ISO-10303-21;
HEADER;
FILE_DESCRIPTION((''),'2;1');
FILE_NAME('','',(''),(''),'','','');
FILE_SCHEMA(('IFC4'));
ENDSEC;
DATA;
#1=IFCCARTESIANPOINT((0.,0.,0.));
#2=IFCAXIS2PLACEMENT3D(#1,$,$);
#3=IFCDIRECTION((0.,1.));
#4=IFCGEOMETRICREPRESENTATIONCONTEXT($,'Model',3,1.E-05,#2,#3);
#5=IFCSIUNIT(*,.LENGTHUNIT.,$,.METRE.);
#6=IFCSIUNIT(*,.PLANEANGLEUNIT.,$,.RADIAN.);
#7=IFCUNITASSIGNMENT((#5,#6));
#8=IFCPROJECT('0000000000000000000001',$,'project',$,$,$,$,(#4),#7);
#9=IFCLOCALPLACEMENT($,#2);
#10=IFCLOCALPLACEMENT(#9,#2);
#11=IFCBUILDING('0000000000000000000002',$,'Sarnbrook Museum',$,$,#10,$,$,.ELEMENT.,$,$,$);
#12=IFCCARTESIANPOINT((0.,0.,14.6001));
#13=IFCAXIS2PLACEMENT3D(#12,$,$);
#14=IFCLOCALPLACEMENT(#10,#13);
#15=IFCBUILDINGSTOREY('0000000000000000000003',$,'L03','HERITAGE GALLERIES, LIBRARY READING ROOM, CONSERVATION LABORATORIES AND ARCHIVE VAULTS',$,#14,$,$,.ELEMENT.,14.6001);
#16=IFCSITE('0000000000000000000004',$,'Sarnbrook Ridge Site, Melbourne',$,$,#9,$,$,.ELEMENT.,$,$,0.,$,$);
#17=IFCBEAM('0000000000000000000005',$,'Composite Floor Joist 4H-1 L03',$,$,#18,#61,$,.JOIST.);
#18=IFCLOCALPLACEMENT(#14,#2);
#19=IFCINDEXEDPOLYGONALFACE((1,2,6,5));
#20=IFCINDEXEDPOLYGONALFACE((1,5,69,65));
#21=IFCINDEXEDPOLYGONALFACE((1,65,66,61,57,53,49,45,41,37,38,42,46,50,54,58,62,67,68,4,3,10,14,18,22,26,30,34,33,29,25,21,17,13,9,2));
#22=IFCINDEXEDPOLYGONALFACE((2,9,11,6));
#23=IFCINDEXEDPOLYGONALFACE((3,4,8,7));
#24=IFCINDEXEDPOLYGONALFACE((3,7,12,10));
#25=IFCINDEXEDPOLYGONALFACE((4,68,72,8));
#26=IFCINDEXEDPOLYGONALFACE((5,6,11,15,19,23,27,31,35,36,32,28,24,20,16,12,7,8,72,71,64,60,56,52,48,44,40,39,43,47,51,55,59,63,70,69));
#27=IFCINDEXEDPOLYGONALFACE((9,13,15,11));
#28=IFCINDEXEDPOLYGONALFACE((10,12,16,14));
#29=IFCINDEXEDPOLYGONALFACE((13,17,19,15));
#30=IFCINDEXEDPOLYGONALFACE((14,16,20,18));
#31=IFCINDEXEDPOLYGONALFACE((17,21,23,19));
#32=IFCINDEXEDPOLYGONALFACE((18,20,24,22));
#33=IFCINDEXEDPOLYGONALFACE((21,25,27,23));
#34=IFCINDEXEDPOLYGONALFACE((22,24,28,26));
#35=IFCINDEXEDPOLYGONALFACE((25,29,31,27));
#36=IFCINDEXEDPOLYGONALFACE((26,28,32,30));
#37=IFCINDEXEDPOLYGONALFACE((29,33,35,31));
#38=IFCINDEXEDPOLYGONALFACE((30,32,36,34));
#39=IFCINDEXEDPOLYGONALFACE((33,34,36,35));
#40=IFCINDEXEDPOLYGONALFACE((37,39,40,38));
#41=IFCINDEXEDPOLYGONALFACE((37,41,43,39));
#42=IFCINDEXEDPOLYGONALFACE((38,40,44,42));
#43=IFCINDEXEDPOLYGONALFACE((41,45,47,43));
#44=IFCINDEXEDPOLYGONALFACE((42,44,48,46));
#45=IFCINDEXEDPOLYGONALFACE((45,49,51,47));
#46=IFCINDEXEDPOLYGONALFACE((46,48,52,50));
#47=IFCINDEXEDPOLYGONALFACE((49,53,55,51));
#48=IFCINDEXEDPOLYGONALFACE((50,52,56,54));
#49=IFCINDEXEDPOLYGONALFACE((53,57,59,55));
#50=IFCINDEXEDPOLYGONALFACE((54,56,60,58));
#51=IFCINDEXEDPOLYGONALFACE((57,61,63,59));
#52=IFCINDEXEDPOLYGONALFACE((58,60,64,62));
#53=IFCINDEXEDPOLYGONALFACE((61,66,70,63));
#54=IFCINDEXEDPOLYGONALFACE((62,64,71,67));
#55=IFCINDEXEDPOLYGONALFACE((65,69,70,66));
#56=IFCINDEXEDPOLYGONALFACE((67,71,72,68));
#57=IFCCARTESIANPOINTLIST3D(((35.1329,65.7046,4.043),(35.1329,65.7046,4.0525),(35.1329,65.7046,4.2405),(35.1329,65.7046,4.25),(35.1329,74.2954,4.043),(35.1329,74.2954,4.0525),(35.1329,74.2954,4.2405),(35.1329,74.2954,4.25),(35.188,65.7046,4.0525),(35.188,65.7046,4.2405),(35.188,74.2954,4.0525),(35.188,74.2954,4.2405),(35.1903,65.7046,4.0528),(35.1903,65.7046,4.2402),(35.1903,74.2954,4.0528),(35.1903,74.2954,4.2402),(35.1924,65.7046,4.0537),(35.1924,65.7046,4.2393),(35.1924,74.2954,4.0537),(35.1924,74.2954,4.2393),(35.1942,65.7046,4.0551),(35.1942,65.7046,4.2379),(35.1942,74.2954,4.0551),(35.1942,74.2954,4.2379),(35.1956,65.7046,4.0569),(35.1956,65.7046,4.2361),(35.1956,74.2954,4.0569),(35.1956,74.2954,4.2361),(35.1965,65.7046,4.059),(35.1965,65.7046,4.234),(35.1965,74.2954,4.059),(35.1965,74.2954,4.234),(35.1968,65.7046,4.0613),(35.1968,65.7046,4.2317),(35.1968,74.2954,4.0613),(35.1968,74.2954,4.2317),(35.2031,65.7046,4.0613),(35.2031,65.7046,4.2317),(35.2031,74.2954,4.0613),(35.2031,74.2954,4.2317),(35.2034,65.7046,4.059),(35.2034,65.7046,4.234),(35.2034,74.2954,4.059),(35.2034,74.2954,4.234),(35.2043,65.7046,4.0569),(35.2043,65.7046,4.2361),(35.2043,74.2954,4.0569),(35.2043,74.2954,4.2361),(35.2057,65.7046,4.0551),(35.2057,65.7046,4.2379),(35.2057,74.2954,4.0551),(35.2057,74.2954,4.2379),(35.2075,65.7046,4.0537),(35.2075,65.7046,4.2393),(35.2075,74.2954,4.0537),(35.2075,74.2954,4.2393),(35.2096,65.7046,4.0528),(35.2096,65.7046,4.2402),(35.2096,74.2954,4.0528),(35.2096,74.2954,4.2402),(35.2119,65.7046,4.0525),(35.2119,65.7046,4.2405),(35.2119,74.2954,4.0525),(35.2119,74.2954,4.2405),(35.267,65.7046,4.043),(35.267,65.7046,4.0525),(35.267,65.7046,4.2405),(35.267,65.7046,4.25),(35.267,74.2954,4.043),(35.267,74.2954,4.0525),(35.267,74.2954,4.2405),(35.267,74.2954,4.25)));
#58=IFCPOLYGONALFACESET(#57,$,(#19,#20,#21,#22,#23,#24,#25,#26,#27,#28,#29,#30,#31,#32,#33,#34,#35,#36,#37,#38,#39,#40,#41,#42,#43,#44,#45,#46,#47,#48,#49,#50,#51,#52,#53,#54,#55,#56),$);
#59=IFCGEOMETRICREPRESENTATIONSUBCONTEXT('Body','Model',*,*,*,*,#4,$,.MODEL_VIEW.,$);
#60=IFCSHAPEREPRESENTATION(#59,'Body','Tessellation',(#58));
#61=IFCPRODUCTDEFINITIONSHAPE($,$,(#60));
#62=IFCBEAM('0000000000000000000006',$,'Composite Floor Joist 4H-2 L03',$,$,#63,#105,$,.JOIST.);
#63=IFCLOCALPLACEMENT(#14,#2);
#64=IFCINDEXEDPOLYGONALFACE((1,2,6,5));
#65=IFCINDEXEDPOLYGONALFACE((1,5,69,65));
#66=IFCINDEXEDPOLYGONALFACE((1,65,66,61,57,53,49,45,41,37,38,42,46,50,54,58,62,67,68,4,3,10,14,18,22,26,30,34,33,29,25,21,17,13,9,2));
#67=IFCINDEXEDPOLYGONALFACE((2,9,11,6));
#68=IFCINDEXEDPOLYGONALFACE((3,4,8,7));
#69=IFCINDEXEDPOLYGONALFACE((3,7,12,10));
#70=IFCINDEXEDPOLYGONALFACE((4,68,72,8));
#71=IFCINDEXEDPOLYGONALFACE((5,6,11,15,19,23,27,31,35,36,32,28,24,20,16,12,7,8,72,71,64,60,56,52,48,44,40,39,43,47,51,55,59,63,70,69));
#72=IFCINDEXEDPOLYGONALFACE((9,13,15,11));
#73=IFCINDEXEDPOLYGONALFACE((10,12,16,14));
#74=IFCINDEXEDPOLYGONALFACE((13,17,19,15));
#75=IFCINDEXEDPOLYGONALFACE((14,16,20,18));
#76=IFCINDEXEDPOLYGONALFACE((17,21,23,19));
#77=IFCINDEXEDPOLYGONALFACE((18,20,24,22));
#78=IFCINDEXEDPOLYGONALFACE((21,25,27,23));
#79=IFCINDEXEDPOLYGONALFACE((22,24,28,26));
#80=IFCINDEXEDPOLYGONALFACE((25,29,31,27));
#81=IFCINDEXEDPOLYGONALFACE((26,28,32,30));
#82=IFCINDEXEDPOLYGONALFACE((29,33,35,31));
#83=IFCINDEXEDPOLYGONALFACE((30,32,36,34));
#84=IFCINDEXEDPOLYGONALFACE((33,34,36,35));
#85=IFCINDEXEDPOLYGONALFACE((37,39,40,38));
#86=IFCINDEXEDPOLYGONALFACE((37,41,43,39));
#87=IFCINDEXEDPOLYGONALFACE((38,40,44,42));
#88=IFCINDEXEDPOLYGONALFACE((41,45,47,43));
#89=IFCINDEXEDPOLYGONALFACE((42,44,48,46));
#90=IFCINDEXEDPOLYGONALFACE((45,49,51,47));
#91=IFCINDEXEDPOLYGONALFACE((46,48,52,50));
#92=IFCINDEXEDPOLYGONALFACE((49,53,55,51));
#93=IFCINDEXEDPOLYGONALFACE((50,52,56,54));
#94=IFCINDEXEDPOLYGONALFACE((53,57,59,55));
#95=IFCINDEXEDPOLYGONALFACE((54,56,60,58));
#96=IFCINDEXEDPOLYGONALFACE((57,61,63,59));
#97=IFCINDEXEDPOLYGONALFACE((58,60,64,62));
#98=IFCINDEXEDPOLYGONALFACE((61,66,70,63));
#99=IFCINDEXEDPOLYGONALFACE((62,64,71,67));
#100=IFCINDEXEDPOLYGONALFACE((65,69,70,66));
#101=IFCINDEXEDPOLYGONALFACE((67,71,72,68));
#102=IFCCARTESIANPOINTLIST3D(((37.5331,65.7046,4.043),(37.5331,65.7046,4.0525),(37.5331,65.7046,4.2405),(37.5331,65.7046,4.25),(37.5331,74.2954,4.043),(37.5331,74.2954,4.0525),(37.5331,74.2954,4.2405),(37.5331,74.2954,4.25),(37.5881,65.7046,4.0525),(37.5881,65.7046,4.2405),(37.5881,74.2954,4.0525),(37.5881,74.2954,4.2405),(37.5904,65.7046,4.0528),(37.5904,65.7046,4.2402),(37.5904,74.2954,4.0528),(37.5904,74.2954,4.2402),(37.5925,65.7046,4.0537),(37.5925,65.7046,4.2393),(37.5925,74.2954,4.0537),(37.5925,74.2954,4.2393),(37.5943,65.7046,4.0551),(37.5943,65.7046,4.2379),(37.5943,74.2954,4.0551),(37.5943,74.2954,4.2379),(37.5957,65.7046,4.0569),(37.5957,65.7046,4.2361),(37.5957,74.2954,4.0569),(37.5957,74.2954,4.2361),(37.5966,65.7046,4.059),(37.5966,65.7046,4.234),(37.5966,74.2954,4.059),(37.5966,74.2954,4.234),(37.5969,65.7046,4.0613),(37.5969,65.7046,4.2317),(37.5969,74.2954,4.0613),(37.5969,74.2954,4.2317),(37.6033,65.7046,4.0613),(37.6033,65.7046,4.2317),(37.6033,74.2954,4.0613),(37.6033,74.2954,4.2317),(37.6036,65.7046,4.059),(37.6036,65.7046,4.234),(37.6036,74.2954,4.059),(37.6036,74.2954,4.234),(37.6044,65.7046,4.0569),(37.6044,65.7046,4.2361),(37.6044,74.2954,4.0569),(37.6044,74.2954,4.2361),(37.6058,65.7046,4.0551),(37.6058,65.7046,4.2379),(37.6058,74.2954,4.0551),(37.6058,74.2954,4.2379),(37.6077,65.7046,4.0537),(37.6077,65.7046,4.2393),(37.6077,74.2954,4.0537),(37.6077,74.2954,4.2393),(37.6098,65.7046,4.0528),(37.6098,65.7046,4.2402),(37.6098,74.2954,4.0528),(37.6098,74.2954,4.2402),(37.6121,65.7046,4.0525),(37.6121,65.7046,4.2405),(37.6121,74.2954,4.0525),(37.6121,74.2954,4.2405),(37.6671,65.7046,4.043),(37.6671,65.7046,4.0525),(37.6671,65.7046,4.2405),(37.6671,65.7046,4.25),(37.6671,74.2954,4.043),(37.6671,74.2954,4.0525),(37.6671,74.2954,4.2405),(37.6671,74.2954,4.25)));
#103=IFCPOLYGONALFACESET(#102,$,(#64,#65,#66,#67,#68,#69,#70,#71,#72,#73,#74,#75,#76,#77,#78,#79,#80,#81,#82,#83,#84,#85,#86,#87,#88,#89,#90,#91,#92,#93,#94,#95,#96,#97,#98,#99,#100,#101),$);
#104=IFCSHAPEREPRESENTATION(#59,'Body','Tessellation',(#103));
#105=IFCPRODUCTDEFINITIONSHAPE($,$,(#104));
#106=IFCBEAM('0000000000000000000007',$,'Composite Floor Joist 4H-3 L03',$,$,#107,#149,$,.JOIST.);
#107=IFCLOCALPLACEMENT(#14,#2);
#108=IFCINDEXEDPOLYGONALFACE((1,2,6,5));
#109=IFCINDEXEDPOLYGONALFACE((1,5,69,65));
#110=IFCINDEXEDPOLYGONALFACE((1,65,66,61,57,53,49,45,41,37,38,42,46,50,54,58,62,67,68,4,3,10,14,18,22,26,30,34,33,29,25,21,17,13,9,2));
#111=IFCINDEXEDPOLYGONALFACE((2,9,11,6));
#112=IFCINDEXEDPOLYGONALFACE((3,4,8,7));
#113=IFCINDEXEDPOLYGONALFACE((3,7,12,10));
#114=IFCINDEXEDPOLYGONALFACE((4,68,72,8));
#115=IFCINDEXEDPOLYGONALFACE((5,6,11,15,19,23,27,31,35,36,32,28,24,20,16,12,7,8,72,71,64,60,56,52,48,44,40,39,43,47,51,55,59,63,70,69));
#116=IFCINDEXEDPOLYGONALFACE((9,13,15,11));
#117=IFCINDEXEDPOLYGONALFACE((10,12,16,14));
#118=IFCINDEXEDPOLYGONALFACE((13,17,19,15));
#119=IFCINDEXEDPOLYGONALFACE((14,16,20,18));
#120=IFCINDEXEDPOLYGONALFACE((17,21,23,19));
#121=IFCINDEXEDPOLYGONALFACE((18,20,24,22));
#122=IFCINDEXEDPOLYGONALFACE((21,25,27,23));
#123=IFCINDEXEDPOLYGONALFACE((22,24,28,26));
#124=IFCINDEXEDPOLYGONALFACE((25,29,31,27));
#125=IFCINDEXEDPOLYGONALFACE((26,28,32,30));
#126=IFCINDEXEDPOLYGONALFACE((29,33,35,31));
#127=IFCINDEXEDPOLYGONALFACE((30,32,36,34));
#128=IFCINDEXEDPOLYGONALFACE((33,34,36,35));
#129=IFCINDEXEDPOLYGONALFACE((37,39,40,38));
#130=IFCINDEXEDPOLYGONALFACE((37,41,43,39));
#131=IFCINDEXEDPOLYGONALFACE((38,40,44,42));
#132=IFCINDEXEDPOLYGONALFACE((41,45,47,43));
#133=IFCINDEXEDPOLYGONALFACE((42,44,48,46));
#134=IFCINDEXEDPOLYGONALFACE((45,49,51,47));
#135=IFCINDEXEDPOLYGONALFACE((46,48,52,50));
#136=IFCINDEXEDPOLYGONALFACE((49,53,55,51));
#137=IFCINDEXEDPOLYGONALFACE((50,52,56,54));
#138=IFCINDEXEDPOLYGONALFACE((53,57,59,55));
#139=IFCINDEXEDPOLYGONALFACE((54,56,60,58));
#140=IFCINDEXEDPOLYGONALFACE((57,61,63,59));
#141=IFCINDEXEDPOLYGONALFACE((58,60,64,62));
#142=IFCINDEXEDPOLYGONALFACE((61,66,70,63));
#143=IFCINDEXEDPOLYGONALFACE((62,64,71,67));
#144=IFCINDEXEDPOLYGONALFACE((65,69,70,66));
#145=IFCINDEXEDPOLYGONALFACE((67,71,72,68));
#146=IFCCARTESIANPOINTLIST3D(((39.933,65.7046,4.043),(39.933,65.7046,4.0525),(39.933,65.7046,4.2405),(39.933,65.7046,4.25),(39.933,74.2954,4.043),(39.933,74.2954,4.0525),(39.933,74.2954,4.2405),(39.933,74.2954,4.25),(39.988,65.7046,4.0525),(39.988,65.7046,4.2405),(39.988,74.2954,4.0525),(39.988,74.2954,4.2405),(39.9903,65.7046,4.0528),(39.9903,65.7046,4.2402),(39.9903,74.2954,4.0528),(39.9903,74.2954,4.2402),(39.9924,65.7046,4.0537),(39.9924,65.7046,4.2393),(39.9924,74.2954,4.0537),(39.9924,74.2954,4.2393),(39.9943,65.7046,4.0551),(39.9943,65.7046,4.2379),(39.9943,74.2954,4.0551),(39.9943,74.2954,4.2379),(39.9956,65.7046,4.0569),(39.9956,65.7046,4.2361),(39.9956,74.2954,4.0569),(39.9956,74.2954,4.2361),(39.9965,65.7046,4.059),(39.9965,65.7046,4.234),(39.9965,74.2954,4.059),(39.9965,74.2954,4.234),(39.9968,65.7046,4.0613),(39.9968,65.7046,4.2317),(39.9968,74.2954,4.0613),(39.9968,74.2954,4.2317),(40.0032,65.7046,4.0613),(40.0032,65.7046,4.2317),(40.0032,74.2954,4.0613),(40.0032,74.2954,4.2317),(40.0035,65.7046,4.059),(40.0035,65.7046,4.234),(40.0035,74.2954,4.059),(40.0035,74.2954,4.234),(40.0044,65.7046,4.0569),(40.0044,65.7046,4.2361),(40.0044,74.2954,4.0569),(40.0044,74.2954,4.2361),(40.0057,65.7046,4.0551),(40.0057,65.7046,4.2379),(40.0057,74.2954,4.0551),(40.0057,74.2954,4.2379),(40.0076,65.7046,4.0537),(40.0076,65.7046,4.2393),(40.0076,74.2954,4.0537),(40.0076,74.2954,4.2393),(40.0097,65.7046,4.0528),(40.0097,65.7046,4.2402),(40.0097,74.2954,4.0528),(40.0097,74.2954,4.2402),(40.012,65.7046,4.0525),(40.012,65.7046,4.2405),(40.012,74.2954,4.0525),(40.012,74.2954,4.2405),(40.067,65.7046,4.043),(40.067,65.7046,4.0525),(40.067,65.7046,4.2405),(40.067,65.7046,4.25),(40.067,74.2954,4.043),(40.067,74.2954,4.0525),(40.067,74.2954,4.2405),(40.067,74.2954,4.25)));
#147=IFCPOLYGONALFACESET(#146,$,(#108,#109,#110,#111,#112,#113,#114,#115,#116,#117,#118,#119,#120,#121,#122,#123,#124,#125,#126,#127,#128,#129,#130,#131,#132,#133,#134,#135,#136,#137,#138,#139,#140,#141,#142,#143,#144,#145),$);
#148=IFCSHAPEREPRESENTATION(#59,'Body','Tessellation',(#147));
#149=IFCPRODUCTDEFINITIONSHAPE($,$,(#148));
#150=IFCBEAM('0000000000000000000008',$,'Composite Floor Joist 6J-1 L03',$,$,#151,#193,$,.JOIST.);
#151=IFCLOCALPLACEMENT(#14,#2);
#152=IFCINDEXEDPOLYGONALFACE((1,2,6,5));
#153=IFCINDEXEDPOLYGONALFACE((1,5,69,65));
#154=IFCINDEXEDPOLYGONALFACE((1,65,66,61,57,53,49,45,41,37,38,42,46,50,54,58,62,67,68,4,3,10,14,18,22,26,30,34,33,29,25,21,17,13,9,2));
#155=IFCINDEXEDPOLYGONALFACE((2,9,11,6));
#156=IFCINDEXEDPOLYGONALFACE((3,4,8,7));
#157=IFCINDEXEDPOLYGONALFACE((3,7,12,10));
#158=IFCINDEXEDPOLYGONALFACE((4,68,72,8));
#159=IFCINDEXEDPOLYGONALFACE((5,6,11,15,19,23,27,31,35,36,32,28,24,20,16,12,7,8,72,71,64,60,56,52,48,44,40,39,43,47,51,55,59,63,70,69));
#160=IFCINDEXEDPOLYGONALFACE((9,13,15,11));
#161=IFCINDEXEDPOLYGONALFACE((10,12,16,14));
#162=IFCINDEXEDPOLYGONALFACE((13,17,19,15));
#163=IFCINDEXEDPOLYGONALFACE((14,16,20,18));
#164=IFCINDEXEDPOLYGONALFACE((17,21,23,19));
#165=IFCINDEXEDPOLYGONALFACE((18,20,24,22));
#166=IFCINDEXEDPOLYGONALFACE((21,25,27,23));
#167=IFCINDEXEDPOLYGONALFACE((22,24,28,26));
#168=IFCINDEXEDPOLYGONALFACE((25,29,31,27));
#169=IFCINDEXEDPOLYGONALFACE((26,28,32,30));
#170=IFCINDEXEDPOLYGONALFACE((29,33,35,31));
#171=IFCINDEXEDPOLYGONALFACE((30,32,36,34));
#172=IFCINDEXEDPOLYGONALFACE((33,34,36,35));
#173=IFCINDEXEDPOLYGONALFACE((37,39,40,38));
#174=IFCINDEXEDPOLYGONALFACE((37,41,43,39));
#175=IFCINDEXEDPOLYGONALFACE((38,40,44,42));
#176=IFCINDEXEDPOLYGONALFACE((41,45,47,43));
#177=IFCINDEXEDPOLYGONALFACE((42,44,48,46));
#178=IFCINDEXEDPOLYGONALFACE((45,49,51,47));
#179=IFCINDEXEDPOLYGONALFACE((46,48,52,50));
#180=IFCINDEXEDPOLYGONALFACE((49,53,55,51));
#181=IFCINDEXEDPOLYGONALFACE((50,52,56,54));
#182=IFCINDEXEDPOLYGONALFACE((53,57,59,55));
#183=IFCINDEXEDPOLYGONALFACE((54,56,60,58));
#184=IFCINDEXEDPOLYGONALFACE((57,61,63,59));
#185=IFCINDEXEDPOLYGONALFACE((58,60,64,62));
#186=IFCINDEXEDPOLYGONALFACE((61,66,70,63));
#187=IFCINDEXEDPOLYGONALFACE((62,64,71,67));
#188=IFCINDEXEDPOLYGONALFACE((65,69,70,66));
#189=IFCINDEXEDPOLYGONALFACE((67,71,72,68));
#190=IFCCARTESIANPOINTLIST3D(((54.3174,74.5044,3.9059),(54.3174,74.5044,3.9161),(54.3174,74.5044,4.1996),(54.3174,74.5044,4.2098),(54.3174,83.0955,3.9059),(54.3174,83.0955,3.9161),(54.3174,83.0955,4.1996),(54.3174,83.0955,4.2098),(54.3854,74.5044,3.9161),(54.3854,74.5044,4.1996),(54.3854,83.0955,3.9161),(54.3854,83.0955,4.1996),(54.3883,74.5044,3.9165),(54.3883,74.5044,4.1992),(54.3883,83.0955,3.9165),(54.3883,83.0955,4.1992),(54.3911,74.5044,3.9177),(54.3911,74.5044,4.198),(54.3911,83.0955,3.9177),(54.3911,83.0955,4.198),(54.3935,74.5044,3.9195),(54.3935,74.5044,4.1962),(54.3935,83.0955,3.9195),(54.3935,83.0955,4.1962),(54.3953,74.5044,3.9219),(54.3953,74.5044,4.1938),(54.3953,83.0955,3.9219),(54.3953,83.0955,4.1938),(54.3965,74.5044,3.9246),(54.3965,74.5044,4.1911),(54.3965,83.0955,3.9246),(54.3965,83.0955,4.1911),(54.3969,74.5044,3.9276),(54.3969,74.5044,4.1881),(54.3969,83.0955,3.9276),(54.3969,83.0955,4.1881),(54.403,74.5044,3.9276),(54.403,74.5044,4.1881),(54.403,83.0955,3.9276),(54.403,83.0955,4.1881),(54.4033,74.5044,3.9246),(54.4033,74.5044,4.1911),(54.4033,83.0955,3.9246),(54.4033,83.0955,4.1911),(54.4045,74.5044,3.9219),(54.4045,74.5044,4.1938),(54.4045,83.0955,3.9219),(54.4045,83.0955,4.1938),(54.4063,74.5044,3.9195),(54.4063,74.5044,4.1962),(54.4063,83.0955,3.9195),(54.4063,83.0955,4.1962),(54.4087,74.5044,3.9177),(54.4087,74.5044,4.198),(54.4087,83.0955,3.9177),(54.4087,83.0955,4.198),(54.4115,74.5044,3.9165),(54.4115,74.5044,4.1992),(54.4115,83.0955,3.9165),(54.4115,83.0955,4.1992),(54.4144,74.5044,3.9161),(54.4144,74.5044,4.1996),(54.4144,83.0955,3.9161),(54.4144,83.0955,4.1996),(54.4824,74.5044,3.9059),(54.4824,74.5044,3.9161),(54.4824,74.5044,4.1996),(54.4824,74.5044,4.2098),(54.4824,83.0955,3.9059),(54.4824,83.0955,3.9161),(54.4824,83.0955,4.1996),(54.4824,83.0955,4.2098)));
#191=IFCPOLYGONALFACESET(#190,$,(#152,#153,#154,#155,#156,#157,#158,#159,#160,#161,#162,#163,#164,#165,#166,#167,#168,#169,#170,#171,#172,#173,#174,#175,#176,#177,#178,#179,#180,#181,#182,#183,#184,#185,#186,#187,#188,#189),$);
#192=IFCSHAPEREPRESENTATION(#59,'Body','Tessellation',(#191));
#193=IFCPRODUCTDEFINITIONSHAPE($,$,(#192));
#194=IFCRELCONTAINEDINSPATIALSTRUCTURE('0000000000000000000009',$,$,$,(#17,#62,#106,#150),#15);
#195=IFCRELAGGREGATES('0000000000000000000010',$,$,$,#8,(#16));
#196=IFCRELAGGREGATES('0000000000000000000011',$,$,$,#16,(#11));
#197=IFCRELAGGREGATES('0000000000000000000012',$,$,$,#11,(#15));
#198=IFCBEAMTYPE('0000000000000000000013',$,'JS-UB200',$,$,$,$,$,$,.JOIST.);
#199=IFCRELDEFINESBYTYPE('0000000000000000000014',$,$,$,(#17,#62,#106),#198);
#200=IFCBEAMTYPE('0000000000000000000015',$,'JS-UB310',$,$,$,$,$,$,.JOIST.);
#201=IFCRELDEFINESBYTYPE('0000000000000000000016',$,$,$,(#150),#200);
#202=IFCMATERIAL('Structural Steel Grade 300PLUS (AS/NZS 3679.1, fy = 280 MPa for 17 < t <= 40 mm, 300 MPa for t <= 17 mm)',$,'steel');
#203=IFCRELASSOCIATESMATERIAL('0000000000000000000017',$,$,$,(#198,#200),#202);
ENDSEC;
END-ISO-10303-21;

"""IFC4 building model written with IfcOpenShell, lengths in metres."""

from ifc_helpers import new_model, si_unit, direction, frame, origin, origin_2d, place, context, subcontext, project, spatial, i_section, extrude, material, material_profile, profile_set, type_object, element, save


model = new_model("IFC4")

# Units and contexts
model_context = context("Model", 3, precision=1e-05, world=origin(), true_north=direction((0.0, 1.0)))
body_context = subcontext(model_context, "Body", "Model", "MODEL_VIEW")
ifc_project = project(units=[si_unit("LENGTHUNIT", "METRE"), si_unit("PLANEANGLEUNIT", "RADIAN")], contexts=[model_context])

# Site, building, storey
site_placement = place(None, origin())
site = spatial("IfcSite", under=ifc_project, at=site_placement, Name="Sarnbrook Ridge Site, Melbourne", CompositionType="ELEMENT", RefElevation=0.0)
building_placement = place(site_placement, origin())
building = spatial("IfcBuilding", under=site, at=building_placement, Name="Sarnbrook Museum", CompositionType="ELEMENT")
storey_placement = place(building_placement, frame((0.0, 0.0, 14.6001)))
storey = spatial("IfcBuildingStorey", under=building, at=storey_placement, Name="L03", Description="HERITAGE GALLERIES, LIBRARY READING ROOM, CONSERVATION LABORATORIES AND ARCHIVE VAULTS", CompositionType="ELEMENT", Elevation=14.6001)

# Shared definitions
ifc_material_1 = material(Name="Structural Steel Grade 300PLUS (AS/NZS 3679.1, fy = 280 MPa for 17 < t <= 40 mm, 300 MPa for t <= 17 mm)", Category="steel")

# Beams
ifc_material_profile_1 = material_profile(ifc_material_1, i_section(OverallWidth=0.134, OverallDepth=0.207, WebThickness=0.0063, FlangeThickness=0.0095, FilletRadius=0.0088, at=origin_2d()), Name="200UB29.8")
ifc_profile_set_1 = profile_set([ifc_material_profile_1], Name="Structural Steel Grade 300PLUS (AS/NZS 3679.1, fy = 280 MPa for 17 < t <= 40 mm, 300 MPa for t <= 17 mm)")
beam_type_1 = type_object("IfcBeamType", Name="JS-UB200", PredefinedType="JOIST", material=ifc_profile_set_1)
for number, where, z_axis, x_axis, name in (
    (1, (35.2, 65.7046, 4.1465), (0.0, 1.0, 0.0), (-1.0, 0.0, 0.0), "Composite Floor Joist 4H-1 L03"),
    (2, (37.6001, 65.7046, 4.1465), (0.0, 1.0, 0.0), (-1.0, 0.0, 0.0), "Composite Floor Joist 4H-2 L03"),
    (3, (40.0, 65.7046, 4.1465), (0.0, 1.0, 0.0), (-1.0, 0.0, 0.0), "Composite Floor Joist 4H-3 L03"),
):
    element("IfcBeam", number, at=place(storey_placement, frame(where, z_axis=z_axis, x_axis=x_axis)), inside=storey, type_object=beam_type_1, Name=name, PredefinedType="JOIST", context=body_context, shape_type="SweptSolid", body=[
        extrude(i_section(OverallWidth=0.134, OverallDepth=0.207, WebThickness=0.0063, FlangeThickness=0.0095, FilletRadius=0.0088, at=origin_2d()), origin(), (0.0, 0.0, 1.0), 8.5908),
    ])
ifc_material_profile_2 = material_profile(ifc_material_1, i_section(OverallWidth=0.165, OverallDepth=0.304, WebThickness=0.0061, FlangeThickness=0.0103, FilletRadius=0.0115, at=origin_2d()), Name="310UB40.4")
ifc_profile_set_2 = profile_set([ifc_material_profile_2], Name="Structural Steel Grade 300PLUS (AS/NZS 3679.1, fy = 280 MPa for 17 < t <= 40 mm, 300 MPa for t <= 17 mm)")
beam_type_2 = type_object("IfcBeamType", Name="JS-UB310", PredefinedType="JOIST", material=ifc_profile_set_2)
beam_1_placement = place(storey_placement, frame((54.3999, 74.5044, 4.0579), z_axis=(0.0, 1.0, 0.0), x_axis=(-1.0, 0.0, 0.0)))
element("IfcBeam", 4, at=beam_1_placement, inside=storey, type_object=beam_type_2, Name="Composite Floor Joist 6J-1 L03", PredefinedType="JOIST", context=body_context, shape_type="SweptSolid", body=[
    extrude(i_section(OverallWidth=0.165, OverallDepth=0.304, WebThickness=0.0061, FlangeThickness=0.0103, FilletRadius=0.0115, at=origin_2d()), origin(), (0.0, 0.0, 1.0), 8.5911),
])

save(model, "model.ifc")
